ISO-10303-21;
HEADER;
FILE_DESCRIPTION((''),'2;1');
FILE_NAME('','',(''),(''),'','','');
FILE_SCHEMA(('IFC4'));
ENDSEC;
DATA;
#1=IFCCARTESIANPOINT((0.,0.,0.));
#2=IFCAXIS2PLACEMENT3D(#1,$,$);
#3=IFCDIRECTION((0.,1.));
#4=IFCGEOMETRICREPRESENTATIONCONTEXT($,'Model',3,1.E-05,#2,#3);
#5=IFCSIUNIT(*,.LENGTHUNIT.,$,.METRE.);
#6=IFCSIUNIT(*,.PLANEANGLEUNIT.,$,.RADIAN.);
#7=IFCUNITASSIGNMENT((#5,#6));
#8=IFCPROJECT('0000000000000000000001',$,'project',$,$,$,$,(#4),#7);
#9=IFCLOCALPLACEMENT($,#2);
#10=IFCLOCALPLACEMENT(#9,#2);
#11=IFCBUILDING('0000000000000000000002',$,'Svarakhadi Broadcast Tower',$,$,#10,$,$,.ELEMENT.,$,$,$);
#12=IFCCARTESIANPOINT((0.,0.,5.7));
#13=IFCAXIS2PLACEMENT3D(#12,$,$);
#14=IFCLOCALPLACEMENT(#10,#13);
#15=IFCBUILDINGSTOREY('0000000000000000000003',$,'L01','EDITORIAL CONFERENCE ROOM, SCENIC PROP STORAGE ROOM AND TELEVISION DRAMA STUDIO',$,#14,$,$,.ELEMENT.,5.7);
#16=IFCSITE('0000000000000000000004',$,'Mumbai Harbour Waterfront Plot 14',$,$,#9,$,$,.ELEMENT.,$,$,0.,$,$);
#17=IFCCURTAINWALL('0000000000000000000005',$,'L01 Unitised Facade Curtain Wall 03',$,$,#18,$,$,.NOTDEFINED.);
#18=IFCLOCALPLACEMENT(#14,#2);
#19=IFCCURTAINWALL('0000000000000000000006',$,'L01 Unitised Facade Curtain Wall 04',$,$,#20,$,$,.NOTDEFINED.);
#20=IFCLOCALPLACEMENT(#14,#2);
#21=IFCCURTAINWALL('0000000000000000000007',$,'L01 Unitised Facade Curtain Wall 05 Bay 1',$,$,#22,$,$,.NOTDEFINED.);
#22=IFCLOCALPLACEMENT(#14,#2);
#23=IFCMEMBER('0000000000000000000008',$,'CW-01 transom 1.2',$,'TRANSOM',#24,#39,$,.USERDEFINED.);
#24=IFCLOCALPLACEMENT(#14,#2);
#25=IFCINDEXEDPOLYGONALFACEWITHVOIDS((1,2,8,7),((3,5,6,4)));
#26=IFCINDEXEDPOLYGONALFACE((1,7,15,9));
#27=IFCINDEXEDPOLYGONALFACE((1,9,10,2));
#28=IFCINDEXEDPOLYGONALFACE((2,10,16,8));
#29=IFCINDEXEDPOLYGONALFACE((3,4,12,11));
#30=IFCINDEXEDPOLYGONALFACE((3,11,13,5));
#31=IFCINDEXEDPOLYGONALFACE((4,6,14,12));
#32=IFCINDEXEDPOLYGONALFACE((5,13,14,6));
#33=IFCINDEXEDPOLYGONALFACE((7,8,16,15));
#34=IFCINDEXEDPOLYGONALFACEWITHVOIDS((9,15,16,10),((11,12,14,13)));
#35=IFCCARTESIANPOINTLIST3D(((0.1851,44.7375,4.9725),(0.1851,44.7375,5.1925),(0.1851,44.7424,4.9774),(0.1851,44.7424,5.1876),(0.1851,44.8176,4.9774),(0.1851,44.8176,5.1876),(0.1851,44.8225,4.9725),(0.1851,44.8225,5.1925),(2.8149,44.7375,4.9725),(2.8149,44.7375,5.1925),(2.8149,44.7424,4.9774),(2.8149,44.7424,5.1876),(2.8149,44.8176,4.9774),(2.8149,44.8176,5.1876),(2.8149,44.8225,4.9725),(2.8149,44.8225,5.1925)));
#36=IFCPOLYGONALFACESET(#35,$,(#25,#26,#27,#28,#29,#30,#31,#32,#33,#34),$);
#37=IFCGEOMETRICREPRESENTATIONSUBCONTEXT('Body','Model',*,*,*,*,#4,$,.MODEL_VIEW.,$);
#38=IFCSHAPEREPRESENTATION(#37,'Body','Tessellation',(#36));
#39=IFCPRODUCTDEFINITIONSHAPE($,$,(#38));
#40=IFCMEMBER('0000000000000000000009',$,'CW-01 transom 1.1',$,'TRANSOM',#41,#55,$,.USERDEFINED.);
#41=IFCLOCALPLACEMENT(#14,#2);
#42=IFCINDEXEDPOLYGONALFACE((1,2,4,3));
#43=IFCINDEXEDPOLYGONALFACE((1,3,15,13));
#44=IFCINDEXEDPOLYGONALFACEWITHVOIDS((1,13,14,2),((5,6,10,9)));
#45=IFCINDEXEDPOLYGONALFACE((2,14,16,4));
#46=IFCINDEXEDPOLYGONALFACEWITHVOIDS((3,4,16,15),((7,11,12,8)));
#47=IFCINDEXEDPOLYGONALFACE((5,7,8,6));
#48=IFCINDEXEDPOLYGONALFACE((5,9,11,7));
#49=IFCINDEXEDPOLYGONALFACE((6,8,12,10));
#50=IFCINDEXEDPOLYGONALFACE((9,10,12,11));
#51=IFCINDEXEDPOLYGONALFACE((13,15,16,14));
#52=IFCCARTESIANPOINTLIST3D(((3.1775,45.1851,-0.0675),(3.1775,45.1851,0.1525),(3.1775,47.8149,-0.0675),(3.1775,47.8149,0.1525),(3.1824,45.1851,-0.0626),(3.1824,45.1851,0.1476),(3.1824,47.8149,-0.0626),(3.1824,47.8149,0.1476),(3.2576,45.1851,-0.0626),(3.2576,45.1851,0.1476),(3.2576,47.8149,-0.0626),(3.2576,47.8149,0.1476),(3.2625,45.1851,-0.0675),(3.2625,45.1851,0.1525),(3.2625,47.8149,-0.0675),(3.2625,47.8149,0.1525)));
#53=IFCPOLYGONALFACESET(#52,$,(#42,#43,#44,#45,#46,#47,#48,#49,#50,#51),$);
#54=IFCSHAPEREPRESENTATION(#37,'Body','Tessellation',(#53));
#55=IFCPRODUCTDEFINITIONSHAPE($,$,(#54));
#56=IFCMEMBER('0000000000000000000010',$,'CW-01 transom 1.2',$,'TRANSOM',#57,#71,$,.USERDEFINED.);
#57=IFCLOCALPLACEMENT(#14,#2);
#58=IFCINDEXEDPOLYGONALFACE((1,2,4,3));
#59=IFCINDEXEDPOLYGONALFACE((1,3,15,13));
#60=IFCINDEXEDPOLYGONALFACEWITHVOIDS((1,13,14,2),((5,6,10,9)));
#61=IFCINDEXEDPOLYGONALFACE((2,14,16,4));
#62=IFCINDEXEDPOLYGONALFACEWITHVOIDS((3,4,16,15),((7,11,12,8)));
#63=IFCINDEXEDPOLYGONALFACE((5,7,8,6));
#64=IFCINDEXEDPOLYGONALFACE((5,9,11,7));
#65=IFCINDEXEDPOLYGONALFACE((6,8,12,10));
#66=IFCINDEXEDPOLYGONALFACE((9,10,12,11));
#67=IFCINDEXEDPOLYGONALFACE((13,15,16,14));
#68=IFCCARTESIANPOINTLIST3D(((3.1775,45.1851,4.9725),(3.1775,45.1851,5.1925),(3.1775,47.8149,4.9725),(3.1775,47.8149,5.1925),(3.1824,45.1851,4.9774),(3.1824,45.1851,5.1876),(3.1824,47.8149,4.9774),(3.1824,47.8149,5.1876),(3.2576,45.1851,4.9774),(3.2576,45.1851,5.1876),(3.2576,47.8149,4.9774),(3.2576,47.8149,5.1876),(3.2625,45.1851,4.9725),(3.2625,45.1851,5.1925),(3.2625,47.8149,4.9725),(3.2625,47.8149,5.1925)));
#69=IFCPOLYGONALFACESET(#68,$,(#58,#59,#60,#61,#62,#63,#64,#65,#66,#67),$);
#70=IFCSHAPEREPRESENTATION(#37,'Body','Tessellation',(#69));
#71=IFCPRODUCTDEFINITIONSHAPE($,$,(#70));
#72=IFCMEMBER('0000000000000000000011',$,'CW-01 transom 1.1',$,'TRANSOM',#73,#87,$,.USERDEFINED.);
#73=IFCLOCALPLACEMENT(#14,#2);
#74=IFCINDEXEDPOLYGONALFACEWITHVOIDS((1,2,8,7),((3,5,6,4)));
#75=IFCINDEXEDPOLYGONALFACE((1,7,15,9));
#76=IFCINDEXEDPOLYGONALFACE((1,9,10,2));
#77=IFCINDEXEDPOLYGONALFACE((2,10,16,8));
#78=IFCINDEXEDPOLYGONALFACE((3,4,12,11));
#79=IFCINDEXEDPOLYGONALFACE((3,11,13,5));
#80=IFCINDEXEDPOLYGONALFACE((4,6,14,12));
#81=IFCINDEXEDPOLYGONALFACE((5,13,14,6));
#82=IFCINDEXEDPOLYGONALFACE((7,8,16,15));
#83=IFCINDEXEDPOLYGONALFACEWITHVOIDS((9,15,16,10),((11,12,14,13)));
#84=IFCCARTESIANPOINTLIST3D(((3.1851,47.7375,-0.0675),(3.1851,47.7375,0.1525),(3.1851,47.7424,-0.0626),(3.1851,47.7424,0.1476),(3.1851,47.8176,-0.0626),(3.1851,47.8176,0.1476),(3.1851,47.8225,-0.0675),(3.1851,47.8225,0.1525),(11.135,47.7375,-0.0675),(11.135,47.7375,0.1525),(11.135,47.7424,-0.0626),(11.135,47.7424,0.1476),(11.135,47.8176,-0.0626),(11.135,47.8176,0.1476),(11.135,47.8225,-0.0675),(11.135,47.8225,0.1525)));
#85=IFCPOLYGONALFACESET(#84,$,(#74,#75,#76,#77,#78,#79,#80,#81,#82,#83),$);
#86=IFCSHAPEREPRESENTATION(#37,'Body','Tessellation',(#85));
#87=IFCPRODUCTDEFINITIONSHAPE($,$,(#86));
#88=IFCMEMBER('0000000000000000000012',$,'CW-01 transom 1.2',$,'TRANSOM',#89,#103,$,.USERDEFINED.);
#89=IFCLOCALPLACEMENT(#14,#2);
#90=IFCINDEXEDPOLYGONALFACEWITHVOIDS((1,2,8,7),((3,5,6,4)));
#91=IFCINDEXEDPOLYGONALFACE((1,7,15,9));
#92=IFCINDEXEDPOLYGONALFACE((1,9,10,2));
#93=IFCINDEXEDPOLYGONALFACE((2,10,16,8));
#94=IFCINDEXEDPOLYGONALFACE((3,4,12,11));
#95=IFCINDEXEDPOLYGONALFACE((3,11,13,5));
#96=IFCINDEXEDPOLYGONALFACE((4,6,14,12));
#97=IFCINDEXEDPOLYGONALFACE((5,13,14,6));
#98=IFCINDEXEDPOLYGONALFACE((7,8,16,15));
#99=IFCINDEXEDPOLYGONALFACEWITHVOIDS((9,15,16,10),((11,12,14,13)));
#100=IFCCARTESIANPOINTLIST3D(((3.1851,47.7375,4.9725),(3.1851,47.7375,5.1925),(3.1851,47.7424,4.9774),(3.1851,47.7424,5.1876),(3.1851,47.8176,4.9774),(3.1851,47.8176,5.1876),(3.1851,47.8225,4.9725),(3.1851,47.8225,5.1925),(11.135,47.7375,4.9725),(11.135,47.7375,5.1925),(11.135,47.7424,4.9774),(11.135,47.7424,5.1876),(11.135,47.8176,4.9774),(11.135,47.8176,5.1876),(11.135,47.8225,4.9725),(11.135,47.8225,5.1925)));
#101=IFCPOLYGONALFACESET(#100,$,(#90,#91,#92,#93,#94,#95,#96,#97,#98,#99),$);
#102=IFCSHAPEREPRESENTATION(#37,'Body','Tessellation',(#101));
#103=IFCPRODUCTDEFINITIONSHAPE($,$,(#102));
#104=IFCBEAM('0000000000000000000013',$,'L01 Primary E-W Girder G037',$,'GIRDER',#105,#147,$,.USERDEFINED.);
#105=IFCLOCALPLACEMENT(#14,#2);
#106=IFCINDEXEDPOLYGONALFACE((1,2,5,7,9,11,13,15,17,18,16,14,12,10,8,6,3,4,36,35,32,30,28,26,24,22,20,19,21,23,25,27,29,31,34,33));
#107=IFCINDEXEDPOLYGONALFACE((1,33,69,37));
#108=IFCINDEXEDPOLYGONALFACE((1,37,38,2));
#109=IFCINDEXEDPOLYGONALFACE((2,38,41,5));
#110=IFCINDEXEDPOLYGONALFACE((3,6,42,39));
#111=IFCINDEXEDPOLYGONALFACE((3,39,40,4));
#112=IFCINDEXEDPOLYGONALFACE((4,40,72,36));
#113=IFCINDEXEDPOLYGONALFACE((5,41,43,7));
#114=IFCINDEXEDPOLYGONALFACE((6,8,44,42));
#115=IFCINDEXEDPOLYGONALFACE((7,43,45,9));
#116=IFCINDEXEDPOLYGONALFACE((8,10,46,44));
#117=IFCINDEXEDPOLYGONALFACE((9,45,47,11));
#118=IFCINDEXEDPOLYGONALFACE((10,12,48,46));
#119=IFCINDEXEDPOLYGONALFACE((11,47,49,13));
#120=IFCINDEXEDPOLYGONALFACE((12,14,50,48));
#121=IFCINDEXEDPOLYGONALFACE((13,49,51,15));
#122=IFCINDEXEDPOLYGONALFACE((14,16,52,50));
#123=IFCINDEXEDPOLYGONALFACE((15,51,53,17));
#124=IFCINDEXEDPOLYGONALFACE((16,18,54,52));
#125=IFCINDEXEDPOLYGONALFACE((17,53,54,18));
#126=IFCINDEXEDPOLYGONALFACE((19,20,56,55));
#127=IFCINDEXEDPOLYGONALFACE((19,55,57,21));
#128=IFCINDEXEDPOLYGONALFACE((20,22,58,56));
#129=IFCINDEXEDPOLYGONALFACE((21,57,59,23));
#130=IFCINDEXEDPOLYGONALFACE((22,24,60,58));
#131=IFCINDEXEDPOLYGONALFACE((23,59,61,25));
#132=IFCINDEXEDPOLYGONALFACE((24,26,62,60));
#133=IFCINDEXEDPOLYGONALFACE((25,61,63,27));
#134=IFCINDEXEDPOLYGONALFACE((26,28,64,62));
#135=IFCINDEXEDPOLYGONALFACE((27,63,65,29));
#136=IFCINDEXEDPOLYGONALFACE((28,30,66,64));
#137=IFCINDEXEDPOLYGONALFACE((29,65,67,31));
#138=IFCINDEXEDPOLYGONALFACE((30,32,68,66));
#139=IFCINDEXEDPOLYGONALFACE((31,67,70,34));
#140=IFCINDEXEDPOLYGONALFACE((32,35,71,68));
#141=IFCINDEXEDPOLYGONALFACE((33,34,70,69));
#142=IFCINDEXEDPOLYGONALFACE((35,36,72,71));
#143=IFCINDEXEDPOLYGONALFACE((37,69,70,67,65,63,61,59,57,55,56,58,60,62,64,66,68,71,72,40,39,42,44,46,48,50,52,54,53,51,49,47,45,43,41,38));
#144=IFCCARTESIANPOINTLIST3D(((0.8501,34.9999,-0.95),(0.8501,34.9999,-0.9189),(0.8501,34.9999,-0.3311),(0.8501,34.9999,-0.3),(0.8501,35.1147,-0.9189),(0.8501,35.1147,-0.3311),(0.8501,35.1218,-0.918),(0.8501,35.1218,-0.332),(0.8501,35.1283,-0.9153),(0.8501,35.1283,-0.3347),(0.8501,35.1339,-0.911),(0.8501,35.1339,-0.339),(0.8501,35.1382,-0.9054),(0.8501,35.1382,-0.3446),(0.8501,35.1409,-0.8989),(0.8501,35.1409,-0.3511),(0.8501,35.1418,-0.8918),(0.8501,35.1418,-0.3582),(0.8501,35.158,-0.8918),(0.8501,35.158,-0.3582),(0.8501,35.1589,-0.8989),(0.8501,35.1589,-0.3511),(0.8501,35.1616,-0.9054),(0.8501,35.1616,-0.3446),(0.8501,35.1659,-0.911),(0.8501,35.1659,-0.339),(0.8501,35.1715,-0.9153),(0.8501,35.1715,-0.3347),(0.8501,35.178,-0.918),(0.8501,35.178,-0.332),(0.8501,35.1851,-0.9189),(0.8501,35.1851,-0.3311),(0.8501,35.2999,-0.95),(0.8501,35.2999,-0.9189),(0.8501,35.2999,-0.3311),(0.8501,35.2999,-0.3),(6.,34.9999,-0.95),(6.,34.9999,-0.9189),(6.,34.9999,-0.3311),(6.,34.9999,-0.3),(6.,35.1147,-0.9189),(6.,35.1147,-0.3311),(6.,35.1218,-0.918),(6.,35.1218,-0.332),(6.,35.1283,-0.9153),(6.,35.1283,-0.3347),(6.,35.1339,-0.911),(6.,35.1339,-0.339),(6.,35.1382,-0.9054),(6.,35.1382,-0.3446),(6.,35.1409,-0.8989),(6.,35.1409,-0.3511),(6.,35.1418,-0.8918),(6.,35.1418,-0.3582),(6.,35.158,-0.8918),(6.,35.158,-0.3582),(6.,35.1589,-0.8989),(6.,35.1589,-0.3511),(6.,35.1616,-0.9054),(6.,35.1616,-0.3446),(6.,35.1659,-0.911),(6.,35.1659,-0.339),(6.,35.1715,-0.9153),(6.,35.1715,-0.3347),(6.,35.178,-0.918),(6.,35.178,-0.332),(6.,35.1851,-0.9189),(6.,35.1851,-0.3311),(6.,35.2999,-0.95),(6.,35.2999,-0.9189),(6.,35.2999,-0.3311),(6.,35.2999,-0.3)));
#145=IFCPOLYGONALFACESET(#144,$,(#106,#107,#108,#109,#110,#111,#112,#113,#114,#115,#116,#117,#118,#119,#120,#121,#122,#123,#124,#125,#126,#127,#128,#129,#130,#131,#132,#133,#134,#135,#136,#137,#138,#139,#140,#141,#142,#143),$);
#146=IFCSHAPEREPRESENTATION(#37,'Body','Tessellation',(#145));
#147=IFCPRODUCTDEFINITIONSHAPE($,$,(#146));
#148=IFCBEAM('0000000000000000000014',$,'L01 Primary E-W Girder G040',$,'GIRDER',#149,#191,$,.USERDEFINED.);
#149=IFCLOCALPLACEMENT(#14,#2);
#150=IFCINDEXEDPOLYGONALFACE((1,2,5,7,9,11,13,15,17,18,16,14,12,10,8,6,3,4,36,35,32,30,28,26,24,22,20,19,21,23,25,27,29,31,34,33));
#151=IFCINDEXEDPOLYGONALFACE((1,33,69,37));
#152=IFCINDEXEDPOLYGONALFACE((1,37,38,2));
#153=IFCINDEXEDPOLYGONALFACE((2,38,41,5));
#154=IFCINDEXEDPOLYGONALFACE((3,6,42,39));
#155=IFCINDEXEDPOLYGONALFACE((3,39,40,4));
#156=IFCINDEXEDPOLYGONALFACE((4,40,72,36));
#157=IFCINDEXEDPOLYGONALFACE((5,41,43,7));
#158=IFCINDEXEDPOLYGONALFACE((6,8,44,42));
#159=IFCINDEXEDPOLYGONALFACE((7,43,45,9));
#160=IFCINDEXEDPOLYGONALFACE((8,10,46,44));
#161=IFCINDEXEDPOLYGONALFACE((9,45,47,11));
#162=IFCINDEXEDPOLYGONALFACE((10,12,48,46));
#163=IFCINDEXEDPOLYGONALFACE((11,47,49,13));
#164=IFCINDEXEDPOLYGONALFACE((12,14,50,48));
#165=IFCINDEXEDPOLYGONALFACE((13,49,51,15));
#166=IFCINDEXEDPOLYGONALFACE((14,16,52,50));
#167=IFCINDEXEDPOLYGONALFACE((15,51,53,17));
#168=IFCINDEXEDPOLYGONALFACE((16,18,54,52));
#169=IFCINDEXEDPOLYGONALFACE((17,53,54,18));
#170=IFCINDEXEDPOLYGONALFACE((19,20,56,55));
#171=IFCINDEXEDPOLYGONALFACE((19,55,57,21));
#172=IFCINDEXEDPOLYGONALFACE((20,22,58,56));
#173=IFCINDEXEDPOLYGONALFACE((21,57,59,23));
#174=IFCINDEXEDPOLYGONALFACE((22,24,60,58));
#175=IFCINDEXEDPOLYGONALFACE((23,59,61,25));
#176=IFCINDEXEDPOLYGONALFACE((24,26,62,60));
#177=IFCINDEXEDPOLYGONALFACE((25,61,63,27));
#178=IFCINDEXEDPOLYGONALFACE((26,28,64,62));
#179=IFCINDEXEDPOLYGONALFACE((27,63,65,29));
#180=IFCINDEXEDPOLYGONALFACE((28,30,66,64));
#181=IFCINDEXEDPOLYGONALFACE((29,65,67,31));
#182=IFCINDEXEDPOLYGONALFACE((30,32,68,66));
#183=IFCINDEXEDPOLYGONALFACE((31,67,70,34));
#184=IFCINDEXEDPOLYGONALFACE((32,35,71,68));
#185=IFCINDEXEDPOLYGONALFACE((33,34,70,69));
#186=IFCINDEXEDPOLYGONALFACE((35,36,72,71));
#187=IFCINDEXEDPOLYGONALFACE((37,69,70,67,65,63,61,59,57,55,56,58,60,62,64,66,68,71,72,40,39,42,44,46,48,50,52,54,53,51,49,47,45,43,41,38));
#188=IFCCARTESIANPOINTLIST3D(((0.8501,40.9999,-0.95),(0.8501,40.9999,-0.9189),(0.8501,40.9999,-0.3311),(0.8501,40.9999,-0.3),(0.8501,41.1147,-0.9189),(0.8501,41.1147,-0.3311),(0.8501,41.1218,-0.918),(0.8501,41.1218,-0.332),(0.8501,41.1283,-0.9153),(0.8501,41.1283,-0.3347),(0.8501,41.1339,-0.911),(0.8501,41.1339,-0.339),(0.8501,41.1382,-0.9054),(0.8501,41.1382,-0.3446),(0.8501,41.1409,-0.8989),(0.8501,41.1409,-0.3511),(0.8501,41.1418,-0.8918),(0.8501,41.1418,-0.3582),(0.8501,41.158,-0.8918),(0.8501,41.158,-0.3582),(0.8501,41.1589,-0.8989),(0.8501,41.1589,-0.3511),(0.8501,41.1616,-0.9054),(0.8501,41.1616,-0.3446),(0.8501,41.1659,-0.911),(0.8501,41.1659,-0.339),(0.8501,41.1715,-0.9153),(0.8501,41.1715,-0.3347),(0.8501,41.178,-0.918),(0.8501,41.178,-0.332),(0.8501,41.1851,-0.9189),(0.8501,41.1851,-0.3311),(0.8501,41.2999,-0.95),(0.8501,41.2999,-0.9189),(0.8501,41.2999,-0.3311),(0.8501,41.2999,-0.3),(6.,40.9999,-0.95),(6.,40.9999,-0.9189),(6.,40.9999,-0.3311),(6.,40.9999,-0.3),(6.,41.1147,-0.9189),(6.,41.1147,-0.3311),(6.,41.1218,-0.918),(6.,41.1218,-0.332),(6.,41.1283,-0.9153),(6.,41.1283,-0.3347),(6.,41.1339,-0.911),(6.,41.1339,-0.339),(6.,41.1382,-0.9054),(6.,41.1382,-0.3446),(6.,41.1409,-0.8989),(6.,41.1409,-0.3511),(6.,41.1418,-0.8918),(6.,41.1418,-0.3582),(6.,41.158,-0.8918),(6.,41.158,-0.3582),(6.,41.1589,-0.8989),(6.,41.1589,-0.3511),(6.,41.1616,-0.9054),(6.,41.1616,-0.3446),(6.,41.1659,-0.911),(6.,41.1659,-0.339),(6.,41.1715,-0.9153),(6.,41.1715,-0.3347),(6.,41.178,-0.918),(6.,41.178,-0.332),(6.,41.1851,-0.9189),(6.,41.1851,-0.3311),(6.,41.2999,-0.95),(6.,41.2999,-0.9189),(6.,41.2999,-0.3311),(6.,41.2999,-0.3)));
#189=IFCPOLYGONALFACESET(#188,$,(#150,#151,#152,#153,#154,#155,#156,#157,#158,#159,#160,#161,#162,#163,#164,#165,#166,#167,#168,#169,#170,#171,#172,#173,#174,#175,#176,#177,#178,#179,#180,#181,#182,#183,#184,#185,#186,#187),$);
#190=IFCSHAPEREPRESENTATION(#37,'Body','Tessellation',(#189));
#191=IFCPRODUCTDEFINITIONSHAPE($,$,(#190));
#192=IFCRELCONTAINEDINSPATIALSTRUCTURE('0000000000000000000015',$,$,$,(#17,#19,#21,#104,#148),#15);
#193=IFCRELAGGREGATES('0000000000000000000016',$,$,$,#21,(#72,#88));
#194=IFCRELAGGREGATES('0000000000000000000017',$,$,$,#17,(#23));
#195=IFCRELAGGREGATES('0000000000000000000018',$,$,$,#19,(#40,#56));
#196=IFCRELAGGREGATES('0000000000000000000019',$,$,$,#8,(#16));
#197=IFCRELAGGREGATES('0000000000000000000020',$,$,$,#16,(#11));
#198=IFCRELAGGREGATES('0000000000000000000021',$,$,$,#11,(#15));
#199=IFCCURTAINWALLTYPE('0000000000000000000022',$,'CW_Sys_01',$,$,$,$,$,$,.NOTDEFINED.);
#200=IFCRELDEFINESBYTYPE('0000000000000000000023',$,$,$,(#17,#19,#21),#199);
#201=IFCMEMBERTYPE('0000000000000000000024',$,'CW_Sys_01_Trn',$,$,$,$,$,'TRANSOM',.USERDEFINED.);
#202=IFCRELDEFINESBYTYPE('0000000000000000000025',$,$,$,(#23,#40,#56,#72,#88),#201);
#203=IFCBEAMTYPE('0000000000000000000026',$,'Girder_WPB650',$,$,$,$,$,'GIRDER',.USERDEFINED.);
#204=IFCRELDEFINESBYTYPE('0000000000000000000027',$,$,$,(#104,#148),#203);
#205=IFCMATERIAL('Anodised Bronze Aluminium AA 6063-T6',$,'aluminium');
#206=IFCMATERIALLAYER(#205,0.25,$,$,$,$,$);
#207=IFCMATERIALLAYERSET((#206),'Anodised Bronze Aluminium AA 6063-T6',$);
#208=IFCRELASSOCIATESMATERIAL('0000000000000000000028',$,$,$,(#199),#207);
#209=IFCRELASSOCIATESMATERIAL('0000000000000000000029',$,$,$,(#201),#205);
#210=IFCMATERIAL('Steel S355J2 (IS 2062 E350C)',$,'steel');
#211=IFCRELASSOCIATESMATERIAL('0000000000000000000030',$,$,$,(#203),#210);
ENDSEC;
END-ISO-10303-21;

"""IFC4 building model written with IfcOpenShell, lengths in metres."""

from ifc_helpers import new_model, si_unit, direction, frame, origin, origin_2d, place, context, subcontext, project, spatial, hollow_rectangle, i_section, extrude, material, layer, layer_set, material_profile, profile_set, type_object, element, aggregate, save


model = new_model("IFC4")

# Units and contexts
model_context = context("Model", 3, precision=1e-05, world=origin(), true_north=direction((0.0, 1.0)))
body_context = subcontext(model_context, "Body", "Model", "MODEL_VIEW")
ifc_project = project(units=[si_unit("LENGTHUNIT", "METRE"), si_unit("PLANEANGLEUNIT", "RADIAN")], contexts=[model_context])

# Site, building, storey
site_placement = place(None, origin())
site = spatial("IfcSite", under=ifc_project, at=site_placement, Name="Mumbai Harbour Waterfront Plot 14", CompositionType="ELEMENT", RefElevation=0.0)
building_placement = place(site_placement, origin())
building = spatial("IfcBuilding", under=site, at=building_placement, Name="Svarakhadi Broadcast Tower", CompositionType="ELEMENT")
storey_placement = place(building_placement, frame((0.0, 0.0, 5.7)))
storey = spatial("IfcBuildingStorey", under=building, at=storey_placement, Name="L01", Description="EDITORIAL CONFERENCE ROOM, SCENIC PROP STORAGE ROOM AND TELEVISION DRAMA STUDIO", CompositionType="ELEMENT", Elevation=5.7)

# Shared definitions
ifc_material_1 = material(Name="Steel S355J2 (IS 2062 E350C)", Category="steel")

# Shared definitions
ifc_material_2 = material(Name="Anodised Bronze Aluminium AA 6063-T6", Category="aluminium")
ifc_layer_1 = layer(ifc_material_2, 0.25)
ifc_layer_set_1 = layer_set([ifc_layer_1], Name="Anodised Bronze Aluminium AA 6063-T6")
curtain_wall_type = type_object("IfcCurtainWallType", Name="CW_Sys_01", PredefinedType="NOTDEFINED", material=ifc_layer_set_1)

# Curtain walls
curtain_wall_1_placement = place(storey_placement, origin())
curtain_wall_1 = element("IfcCurtainWall", 1, at=curtain_wall_1_placement, inside=storey, type_object=curtain_wall_type, Name="L01 Unitised Facade Curtain Wall 03", PredefinedType="NOTDEFINED")
curtain_wall_2_placement = place(storey_placement, origin())
curtain_wall_2 = element("IfcCurtainWall", 2, at=curtain_wall_2_placement, inside=storey, type_object=curtain_wall_type, Name="L01 Unitised Facade Curtain Wall 04", PredefinedType="NOTDEFINED")

# Curtain wall
curtain_wall_3_placement = place(storey_placement, origin())
curtain_wall_3 = element("IfcCurtainWall", 3, at=curtain_wall_3_placement, inside=storey, type_object=curtain_wall_type, Name="L01 Unitised Facade Curtain Wall 05 Bay 1", PredefinedType="NOTDEFINED")

# Members
ifc_material_profile_1 = material_profile(ifc_material_2, hollow_rectangle(XDim=0.085, YDim=0.22, WallThickness=0.0049, at=origin_2d()), Name="ALU TRANSOM 220x85x5")
ifc_profile_set_1 = profile_set([ifc_material_profile_1], Name="Anodised Bronze Aluminium AA 6063-T6")
member_type_1 = type_object("IfcMemberType", Name="CW_Sys_01_Trn", ElementType="TRANSOM", PredefinedType="USERDEFINED", material=ifc_profile_set_1)
member_1_placement = place(storey_placement, frame((0.1851, 44.78, 5.0825), z_axis=(1.0, 0.0, 0.0), x_axis=(0.0, 1.0, 0.0)))
member_1 = element("IfcMember", 4, at=member_1_placement, type_object=member_type_1, Name="CW-01 transom 1.2", ObjectType="TRANSOM", PredefinedType="USERDEFINED", context=body_context, shape_type="SweptSolid", body=[
    extrude(hollow_rectangle(XDim=0.085, YDim=0.22, WallThickness=0.0049, at=origin_2d()), origin(), (0.0, 0.0, 1.0), 2.6299),
])
member_2_placement = place(storey_placement, frame((3.22, 45.1851, 0.0425), z_axis=(0.0, 1.0, 0.0), x_axis=(-1.0, 0.0, 0.0)))
member_2 = element("IfcMember", 5, at=member_2_placement, type_object=member_type_1, Name="CW-01 transom 1.1", ObjectType="TRANSOM", PredefinedType="USERDEFINED", context=body_context, shape_type="SweptSolid", body=[
    extrude(hollow_rectangle(XDim=0.085, YDim=0.22, WallThickness=0.0049, at=origin_2d()), origin(), (0.0, 0.0, 1.0), 2.6299),
])
member_3_placement = place(storey_placement, frame((3.22, 45.1851, 5.0825), z_axis=(0.0, 1.0, 0.0), x_axis=(-1.0, 0.0, 0.0)))
member_3 = element("IfcMember", 6, at=member_3_placement, type_object=member_type_1, Name="CW-01 transom 1.2", ObjectType="TRANSOM", PredefinedType="USERDEFINED", context=body_context, shape_type="SweptSolid", body=[
    extrude(hollow_rectangle(XDim=0.085, YDim=0.22, WallThickness=0.0049, at=origin_2d()), origin(), (0.0, 0.0, 1.0), 2.6299),
])
member_4_placement = place(storey_placement, frame((3.1851, 47.78, 0.0425), z_axis=(1.0, 0.0, 0.0), x_axis=(0.0, 1.0, 0.0)))
member_4 = element("IfcMember", 7, at=member_4_placement, type_object=member_type_1, Name="CW-01 transom 1.1", ObjectType="TRANSOM", PredefinedType="USERDEFINED", context=body_context, shape_type="SweptSolid", body=[
    extrude(hollow_rectangle(XDim=0.085, YDim=0.22, WallThickness=0.0049, at=origin_2d()), origin(), (0.0, 0.0, 1.0), 7.95),
])
member_5_placement = place(storey_placement, frame((3.1851, 47.78, 5.0825), z_axis=(1.0, 0.0, 0.0), x_axis=(0.0, 1.0, 0.0)))
member_5 = element("IfcMember", 8, at=member_5_placement, type_object=member_type_1, Name="CW-01 transom 1.2", ObjectType="TRANSOM", PredefinedType="USERDEFINED", context=body_context, shape_type="SweptSolid", body=[
    extrude(hollow_rectangle(XDim=0.085, YDim=0.22, WallThickness=0.0049, at=origin_2d()), origin(), (0.0, 0.0, 1.0), 7.95),
])
aggregate(curtain_wall_3, [member_4, member_5])

# Beams
ifc_material_profile_2 = material_profile(ifc_material_1, i_section(OverallWidth=0.3, OverallDepth=0.6499, WebThickness=0.0161, FlangeThickness=0.031, FilletRadius=0.0271, at=origin_2d()), Name="WPB 650x300x225")
ifc_profile_set_2 = profile_set([ifc_material_profile_2], Name="Steel S355J2 (IS 2062 E350C)")
beam_type_1 = type_object("IfcBeamType", Name="Girder_WPB650", ElementType="GIRDER", PredefinedType="USERDEFINED", material=ifc_profile_set_2)
for number, where, z_axis, x_axis, name in (
    (9, (0.8501, 35.1499, -0.625), (1.0, 0.0, 0.0), (0.0, 1.0, 0.0), "L01 Primary E-W Girder G037"),
    (10, (0.8501, 41.1499, -0.625), (1.0, 0.0, 0.0), (0.0, 1.0, 0.0), "L01 Primary E-W Girder G040"),
):
    element("IfcBeam", number, at=place(storey_placement, frame(where, z_axis=z_axis, x_axis=x_axis)), inside=storey, type_object=beam_type_1, Name=name, ObjectType="GIRDER", PredefinedType="USERDEFINED", context=body_context, shape_type="SweptSolid", body=[
        extrude(i_section(OverallWidth=0.3, OverallDepth=0.6499, WebThickness=0.0161, FlangeThickness=0.031, FilletRadius=0.0271, at=origin_2d()), origin(), (0.0, 0.0, 1.0), 5.1499),
    ])

aggregate(curtain_wall_1, [member_1])
aggregate(curtain_wall_2, [member_2, member_3])

save(model, "model.ifc")
